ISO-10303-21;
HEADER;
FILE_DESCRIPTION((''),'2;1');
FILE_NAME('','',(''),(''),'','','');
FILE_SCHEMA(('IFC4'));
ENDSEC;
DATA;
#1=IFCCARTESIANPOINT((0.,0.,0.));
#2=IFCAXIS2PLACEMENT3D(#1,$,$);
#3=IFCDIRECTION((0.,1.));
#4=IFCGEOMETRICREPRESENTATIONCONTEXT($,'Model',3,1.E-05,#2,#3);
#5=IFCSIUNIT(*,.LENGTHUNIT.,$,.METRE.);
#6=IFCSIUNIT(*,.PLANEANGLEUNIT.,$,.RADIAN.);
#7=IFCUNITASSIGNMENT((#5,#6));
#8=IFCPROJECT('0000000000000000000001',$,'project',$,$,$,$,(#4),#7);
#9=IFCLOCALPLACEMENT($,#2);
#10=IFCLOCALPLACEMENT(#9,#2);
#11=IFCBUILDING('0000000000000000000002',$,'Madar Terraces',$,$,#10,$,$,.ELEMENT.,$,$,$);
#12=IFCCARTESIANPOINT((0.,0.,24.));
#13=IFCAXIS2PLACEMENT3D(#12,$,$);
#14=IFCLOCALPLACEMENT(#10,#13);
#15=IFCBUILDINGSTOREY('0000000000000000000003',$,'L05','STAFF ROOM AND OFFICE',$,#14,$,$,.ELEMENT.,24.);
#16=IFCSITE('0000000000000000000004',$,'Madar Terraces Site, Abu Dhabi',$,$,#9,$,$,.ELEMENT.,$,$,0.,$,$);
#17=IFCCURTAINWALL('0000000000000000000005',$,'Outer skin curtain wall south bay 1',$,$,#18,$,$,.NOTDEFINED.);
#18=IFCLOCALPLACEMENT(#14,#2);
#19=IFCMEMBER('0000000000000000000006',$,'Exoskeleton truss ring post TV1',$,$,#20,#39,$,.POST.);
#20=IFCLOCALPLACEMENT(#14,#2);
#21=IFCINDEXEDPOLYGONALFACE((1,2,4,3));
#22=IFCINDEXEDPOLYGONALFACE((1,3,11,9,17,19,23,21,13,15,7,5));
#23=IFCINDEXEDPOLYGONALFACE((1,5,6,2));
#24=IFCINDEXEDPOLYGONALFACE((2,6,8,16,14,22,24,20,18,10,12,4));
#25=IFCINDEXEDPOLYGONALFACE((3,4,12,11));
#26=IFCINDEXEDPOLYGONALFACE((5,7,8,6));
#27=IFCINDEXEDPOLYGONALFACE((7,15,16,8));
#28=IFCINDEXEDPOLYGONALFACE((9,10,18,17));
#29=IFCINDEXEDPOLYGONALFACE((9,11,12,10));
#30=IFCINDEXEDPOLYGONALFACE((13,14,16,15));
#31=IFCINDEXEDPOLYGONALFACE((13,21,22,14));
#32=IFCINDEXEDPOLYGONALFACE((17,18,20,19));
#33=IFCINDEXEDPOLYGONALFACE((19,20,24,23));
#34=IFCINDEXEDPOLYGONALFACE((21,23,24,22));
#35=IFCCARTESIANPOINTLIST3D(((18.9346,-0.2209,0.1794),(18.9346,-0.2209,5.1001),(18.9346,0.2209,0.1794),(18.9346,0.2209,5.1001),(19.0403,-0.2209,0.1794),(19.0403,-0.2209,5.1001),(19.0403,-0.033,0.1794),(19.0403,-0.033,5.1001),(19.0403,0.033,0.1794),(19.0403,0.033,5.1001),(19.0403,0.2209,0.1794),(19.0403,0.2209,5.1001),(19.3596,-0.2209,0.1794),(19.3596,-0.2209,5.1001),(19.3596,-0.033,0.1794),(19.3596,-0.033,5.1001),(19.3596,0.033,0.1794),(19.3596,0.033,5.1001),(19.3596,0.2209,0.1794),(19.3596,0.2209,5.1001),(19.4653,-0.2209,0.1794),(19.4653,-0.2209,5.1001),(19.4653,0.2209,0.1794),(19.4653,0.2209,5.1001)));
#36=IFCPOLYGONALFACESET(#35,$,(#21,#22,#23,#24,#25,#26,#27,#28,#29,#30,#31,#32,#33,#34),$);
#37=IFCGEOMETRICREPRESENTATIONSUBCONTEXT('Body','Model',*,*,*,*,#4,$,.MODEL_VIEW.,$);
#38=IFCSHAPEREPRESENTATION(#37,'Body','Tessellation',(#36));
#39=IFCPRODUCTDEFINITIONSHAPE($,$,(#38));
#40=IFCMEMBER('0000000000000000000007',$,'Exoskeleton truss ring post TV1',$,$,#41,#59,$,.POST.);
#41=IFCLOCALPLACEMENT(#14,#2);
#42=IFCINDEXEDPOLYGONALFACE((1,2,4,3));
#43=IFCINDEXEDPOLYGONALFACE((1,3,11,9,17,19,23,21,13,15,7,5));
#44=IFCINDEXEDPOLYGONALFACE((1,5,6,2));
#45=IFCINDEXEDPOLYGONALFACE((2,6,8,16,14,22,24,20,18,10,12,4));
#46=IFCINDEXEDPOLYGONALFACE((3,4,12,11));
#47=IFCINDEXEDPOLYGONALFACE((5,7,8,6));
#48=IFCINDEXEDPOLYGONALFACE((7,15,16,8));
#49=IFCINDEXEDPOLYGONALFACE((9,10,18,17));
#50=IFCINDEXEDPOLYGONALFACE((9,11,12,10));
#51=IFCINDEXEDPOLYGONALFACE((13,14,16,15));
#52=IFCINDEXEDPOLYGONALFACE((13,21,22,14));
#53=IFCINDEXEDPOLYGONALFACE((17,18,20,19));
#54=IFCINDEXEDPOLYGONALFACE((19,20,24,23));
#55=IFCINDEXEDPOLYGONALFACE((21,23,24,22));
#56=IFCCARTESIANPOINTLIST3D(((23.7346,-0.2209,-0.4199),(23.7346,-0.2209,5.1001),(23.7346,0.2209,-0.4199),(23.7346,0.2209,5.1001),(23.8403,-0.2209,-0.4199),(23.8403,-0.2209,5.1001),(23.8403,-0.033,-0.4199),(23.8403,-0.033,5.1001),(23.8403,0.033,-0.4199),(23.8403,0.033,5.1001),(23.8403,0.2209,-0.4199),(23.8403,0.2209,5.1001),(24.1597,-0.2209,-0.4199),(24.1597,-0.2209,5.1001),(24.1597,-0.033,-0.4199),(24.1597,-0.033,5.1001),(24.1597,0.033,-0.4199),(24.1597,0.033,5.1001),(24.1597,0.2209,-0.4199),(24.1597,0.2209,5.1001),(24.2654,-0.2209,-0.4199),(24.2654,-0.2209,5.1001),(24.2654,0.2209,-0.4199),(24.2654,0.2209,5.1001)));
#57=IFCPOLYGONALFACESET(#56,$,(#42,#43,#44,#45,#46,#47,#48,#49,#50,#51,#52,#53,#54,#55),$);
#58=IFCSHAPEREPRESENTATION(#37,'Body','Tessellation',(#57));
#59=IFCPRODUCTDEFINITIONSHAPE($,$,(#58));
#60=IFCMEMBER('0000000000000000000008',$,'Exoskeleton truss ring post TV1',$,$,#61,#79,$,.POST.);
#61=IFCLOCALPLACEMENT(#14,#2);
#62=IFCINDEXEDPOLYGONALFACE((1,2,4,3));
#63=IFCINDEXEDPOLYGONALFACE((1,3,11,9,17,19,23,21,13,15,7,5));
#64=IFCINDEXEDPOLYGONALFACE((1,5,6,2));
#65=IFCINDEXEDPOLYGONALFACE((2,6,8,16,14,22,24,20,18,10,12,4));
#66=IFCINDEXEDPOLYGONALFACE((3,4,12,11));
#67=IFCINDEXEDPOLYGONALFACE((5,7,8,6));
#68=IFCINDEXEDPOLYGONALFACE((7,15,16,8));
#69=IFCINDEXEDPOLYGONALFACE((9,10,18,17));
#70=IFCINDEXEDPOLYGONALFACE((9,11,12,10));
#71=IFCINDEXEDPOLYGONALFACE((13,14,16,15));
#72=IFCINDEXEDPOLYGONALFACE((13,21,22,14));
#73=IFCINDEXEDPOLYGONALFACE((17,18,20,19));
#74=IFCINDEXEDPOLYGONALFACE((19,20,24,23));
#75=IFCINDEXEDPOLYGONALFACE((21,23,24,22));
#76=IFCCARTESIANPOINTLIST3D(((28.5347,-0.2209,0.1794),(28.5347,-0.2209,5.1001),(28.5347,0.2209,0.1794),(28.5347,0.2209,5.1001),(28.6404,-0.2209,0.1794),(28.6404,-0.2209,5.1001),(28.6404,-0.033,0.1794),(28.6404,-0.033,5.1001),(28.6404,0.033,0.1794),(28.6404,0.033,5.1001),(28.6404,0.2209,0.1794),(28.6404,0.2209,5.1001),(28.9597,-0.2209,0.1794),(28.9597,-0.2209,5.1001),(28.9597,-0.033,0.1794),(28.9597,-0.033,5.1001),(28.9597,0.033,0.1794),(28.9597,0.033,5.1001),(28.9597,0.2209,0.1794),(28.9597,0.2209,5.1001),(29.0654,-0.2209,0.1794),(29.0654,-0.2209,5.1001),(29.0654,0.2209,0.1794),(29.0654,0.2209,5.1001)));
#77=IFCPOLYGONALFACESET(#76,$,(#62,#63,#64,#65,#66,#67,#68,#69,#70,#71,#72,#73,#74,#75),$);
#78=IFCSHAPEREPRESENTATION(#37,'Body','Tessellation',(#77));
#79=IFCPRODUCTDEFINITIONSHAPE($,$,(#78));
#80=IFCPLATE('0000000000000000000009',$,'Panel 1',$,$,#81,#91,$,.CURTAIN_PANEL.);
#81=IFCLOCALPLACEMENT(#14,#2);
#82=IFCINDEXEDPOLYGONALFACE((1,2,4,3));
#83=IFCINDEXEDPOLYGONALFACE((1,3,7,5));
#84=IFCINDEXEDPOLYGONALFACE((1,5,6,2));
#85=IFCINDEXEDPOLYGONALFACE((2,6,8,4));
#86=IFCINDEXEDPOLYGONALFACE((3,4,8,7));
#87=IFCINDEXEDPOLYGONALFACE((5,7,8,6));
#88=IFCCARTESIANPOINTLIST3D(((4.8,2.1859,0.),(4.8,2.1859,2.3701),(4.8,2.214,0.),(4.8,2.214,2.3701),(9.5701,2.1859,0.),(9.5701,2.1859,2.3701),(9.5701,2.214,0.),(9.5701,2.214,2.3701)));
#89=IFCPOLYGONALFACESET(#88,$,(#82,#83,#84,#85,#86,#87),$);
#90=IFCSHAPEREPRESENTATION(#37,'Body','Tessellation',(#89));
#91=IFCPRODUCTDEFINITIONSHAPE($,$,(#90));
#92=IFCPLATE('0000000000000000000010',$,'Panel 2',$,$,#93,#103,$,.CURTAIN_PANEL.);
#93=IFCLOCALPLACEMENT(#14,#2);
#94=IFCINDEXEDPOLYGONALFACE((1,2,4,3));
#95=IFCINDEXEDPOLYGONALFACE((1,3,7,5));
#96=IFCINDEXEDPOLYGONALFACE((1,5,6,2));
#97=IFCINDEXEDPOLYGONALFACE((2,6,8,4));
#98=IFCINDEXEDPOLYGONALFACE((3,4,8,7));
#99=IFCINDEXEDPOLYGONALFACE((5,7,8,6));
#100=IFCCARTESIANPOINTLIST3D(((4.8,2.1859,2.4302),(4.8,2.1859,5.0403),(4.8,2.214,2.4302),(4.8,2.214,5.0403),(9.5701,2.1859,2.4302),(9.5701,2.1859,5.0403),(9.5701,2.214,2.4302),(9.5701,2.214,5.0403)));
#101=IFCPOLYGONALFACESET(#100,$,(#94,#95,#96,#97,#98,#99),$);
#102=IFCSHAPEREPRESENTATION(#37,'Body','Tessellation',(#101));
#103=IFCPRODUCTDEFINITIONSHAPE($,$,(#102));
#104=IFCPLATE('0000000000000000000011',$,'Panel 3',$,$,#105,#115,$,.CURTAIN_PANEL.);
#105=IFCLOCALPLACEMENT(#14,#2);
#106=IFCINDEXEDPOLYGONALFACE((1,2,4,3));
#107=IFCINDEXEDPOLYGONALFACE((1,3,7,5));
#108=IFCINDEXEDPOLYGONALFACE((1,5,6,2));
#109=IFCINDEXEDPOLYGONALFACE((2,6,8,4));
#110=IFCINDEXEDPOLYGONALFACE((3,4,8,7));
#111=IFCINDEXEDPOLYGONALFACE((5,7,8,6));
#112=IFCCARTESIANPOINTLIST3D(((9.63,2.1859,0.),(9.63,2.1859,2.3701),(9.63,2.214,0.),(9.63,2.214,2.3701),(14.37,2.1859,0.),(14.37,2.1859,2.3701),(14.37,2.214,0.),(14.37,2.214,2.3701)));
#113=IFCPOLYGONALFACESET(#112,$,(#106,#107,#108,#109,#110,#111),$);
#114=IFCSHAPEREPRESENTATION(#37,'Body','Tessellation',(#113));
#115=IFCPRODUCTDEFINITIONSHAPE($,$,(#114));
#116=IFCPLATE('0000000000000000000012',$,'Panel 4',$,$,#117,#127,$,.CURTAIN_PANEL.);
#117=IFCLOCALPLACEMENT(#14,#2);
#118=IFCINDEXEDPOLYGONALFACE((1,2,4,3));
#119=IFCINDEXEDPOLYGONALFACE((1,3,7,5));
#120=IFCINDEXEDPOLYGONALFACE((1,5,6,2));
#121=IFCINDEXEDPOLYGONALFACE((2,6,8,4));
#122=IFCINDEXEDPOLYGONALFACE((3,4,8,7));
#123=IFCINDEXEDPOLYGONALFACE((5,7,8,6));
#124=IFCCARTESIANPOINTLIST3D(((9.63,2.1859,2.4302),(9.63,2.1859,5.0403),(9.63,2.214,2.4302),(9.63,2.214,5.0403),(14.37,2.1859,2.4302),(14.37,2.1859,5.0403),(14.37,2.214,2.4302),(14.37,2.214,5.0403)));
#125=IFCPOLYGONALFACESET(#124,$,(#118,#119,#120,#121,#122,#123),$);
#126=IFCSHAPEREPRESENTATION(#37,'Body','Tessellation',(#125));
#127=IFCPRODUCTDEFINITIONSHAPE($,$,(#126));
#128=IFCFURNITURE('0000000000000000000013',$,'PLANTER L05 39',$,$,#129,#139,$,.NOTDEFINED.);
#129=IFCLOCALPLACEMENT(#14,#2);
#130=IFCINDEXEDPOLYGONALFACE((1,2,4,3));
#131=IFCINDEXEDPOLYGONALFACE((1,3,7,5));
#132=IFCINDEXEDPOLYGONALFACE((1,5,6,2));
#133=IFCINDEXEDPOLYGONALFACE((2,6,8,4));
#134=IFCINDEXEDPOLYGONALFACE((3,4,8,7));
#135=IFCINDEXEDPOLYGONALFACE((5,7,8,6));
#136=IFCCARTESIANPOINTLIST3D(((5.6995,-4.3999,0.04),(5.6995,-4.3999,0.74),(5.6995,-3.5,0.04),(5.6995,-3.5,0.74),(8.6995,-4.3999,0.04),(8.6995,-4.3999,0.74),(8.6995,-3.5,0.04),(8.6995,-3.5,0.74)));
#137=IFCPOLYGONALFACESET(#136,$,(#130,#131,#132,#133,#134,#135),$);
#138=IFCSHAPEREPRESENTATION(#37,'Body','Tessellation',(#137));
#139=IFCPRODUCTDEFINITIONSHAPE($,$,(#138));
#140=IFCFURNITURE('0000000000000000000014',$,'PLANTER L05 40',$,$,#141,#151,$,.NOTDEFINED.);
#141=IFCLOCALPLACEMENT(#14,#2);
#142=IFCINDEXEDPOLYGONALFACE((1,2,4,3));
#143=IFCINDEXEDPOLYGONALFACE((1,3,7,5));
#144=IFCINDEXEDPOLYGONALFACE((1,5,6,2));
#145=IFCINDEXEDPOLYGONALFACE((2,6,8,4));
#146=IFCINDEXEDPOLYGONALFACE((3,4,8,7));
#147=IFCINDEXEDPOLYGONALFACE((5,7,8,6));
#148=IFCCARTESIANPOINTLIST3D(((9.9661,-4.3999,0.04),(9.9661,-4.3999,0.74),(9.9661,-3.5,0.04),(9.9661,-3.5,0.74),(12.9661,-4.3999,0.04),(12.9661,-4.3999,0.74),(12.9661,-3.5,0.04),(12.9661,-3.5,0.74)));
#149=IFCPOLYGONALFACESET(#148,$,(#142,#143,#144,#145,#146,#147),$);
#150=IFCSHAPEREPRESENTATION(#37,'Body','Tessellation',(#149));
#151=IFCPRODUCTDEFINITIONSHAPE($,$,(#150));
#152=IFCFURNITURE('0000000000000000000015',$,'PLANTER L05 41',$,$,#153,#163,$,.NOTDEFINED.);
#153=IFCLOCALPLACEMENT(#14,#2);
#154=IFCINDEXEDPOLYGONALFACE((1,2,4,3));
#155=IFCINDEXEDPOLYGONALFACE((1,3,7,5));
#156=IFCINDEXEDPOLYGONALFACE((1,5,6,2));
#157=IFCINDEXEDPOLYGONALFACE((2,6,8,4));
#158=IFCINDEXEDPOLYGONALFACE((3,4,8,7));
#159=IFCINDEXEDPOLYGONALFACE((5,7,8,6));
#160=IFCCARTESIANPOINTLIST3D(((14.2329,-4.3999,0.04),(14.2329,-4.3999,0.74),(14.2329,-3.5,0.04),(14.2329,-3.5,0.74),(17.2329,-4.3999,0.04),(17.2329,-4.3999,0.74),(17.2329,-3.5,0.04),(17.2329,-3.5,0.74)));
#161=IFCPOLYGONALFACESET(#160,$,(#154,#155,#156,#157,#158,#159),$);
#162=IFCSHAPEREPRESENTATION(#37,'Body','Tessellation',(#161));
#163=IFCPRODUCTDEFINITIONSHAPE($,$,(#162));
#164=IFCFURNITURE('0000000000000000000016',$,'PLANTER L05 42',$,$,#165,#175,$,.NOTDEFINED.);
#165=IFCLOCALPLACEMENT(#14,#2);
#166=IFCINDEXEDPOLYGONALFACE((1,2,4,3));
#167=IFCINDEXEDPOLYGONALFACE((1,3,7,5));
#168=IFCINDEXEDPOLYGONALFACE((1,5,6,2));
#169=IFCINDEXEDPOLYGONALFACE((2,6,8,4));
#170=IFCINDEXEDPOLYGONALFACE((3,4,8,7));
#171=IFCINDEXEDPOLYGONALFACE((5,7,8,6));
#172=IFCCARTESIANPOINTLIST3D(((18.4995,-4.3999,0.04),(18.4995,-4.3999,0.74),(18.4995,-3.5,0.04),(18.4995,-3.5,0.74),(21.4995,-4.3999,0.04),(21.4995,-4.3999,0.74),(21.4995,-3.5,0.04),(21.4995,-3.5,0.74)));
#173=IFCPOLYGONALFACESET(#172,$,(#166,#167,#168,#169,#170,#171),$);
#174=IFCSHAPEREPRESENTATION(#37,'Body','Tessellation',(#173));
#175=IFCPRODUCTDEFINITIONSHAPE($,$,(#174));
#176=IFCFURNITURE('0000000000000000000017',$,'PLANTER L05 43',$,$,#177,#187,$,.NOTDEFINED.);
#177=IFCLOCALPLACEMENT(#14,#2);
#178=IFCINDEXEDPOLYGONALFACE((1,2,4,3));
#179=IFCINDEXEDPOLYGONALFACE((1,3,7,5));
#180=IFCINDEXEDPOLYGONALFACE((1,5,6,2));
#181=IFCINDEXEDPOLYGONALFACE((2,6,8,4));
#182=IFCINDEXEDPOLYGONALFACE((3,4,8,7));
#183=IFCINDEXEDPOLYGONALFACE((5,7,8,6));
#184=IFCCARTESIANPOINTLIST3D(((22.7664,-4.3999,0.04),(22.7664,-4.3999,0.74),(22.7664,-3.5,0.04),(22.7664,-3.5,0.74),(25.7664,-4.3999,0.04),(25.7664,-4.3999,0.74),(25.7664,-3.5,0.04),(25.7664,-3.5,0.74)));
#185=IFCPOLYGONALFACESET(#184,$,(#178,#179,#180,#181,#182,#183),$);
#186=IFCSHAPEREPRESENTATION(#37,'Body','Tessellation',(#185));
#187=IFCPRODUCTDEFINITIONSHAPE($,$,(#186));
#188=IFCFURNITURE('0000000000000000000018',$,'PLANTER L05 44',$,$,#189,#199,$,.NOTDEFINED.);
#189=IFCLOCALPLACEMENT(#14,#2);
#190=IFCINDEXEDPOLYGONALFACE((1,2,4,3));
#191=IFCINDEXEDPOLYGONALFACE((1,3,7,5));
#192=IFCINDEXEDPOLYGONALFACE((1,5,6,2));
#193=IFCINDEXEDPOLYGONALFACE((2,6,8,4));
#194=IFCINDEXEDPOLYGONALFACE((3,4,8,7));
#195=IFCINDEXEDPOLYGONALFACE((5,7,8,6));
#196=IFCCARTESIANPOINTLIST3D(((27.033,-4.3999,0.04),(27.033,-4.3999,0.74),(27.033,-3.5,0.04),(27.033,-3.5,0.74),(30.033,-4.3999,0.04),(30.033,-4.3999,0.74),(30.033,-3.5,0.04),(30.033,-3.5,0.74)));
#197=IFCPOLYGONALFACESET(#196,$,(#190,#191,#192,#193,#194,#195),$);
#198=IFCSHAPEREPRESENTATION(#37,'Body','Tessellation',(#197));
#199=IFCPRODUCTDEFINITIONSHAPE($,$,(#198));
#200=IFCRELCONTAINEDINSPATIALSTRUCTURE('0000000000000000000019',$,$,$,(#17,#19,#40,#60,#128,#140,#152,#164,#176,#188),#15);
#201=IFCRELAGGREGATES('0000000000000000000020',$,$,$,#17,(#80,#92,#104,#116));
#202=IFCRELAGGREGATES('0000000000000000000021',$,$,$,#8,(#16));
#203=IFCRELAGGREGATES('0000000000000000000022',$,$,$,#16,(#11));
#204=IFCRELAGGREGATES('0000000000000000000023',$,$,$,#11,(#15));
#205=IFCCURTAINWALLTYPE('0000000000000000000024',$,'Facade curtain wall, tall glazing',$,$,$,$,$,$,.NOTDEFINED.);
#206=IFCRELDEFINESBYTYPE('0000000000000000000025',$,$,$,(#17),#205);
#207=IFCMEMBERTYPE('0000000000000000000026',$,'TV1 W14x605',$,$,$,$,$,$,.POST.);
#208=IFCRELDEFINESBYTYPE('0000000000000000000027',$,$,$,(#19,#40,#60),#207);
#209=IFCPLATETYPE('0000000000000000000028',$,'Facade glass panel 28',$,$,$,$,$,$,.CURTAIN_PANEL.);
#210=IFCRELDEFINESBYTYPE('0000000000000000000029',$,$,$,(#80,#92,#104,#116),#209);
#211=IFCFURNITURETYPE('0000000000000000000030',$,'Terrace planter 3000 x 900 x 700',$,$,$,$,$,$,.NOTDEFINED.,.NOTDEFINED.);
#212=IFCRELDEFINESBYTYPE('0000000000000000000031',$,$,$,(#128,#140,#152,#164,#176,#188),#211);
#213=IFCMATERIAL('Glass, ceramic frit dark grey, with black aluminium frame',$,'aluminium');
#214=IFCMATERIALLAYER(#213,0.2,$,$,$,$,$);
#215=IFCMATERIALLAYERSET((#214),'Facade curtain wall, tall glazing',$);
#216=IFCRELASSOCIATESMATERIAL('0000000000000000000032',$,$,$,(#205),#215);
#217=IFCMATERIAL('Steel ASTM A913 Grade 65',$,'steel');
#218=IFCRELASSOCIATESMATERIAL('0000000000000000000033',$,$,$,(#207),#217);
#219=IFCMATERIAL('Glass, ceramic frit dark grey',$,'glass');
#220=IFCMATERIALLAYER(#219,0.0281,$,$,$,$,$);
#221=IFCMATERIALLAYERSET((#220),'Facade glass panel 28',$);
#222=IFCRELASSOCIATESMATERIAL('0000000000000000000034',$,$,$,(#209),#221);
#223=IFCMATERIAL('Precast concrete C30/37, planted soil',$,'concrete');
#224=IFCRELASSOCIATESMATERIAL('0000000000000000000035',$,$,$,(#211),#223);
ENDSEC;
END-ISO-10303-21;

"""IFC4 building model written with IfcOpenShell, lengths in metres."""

from ifc_helpers import new_model, si_unit, direction, frame, origin, origin_2d, place, context, subcontext, project, spatial, rectangle, i_section, extrude, material, layer, layer_set, material_profile, profile_set, type_object, element, aggregate, save


model = new_model("IFC4")

# Units and contexts
model_context = context("Model", 3, precision=1e-05, world=origin(), true_north=direction((0.0, 1.0)))
body_context = subcontext(model_context, "Body", "Model", "MODEL_VIEW")
ifc_project = project(units=[si_unit("LENGTHUNIT", "METRE"), si_unit("PLANEANGLEUNIT", "RADIAN")], contexts=[model_context])

# Site, building, storey
site_placement = place(None, origin())
site = spatial("IfcSite", under=ifc_project, at=site_placement, Name="Madar Terraces Site, Abu Dhabi", CompositionType="ELEMENT", RefElevation=0.0)
building_placement = place(site_placement, origin())
building = spatial("IfcBuilding", under=site, at=building_placement, Name="Madar Terraces", CompositionType="ELEMENT")
storey_placement = place(building_placement, frame((0.0, 0.0, 24.0)))
storey = spatial("IfcBuildingStorey", under=building, at=storey_placement, Name="L05", Description="STAFF ROOM AND OFFICE", CompositionType="ELEMENT", Elevation=24.0)

# Curtain wall
ifc_material_1 = material(Name="Glass, ceramic frit dark grey, with black aluminium frame", Category="aluminium")
ifc_layer_1 = layer(ifc_material_1, 0.2)
ifc_layer_set_1 = layer_set([ifc_layer_1], Name="Facade curtain wall, tall glazing")
curtain_wall_type = type_object("IfcCurtainWallType", Name="Facade curtain wall, tall glazing", PredefinedType="NOTDEFINED", material=ifc_layer_set_1)
curtain_wall_placement = place(storey_placement, origin())
curtain_wall = element("IfcCurtainWall", 1, at=curtain_wall_placement, inside=storey, type_object=curtain_wall_type, Name="Outer skin curtain wall south bay 1", PredefinedType="NOTDEFINED")

# Members
ifc_material_2 = material(Name="Steel ASTM A913 Grade 65", Category="steel")
ifc_material_profile_1 = material_profile(ifc_material_2, i_section(OverallWidth=0.4419, OverallDepth=0.5308, WebThickness=0.0659, FlangeThickness=0.1057, at=origin_2d()), Name="W14x605")
ifc_profile_set_1 = profile_set([ifc_material_profile_1], Name="Steel ASTM A913 Grade 65")
member_type_1 = type_object("IfcMemberType", Name="TV1 W14x605", PredefinedType="POST", material=ifc_profile_set_1)
member_1_placement = place(storey_placement, frame((19.2, 0.0, 0.1794), z_axis=(0.0, 0.0, 1.0), x_axis=(0.0, 1.0, 0.0)))
element("IfcMember", 2, at=member_1_placement, inside=storey, type_object=member_type_1, Name="Exoskeleton truss ring post TV1", PredefinedType="POST", context=body_context, shape_type="SweptSolid", body=[
    extrude(i_section(OverallWidth=0.4419, OverallDepth=0.5308, WebThickness=0.0659, FlangeThickness=0.1057, at=origin_2d()), origin(), (0.0, 0.0, 1.0), 4.9207),
])
member_2_placement = place(storey_placement, frame((24.0, 0.0, -0.4199), z_axis=(0.0, 0.0, 1.0), x_axis=(0.0, 1.0, 0.0)))
element("IfcMember", 3, at=member_2_placement, inside=storey, type_object=member_type_1, Name="Exoskeleton truss ring post TV1", PredefinedType="POST", context=body_context, shape_type="SweptSolid", body=[
    extrude(i_section(OverallWidth=0.4419, OverallDepth=0.5308, WebThickness=0.0659, FlangeThickness=0.1057, at=origin_2d()), origin(), (0.0, 0.0, 1.0), 5.52),
])
member_3_placement = place(storey_placement, frame((28.8, 0.0, 0.1794), z_axis=(0.0, 0.0, 1.0), x_axis=(0.0, 1.0, 0.0)))
element("IfcMember", 4, at=member_3_placement, inside=storey, type_object=member_type_1, Name="Exoskeleton truss ring post TV1", PredefinedType="POST", context=body_context, shape_type="SweptSolid", body=[
    extrude(i_section(OverallWidth=0.4419, OverallDepth=0.5308, WebThickness=0.0659, FlangeThickness=0.1057, at=origin_2d()), origin(), (0.0, 0.0, 1.0), 4.9207),
])

# Plates
ifc_material_3 = material(Name="Glass, ceramic frit dark grey", Category="glass")
ifc_layer_2 = layer(ifc_material_3, 0.0281)
ifc_layer_set_2 = layer_set([ifc_layer_2], Name="Facade glass panel 28")
plate_type = type_object("IfcPlateType", Name="Facade glass panel 28", PredefinedType="CURTAIN_PANEL", material=ifc_layer_set_2)
plate_1_placement = place(storey_placement, frame((7.1851, 2.2, 0.0), z_axis=(0.0, 0.0, 1.0), x_axis=(1.0, 0.0, 0.0)))
plate_1 = element("IfcPlate", 5, at=plate_1_placement, type_object=plate_type, Name="Panel 1", PredefinedType="CURTAIN_PANEL", context=body_context, shape_type="SweptSolid", body=[
    extrude(rectangle(XDim=4.77, YDim=0.0281, at=origin_2d()), origin(), (0.0, 0.0, 1.0), 2.3701),
])
plate_2_placement = place(storey_placement, frame((7.1851, 2.2, 2.4302), z_axis=(0.0, 0.0, 1.0), x_axis=(1.0, 0.0, 0.0)))
plate_2 = element("IfcPlate", 6, at=plate_2_placement, type_object=plate_type, Name="Panel 2", PredefinedType="CURTAIN_PANEL", context=body_context, shape_type="SweptSolid", body=[
    extrude(rectangle(XDim=4.77, YDim=0.0281, at=origin_2d()), origin(), (0.0, 0.0, 1.0), 2.6101),
])
plate_3_placement = place(storey_placement, frame((12.0, 2.2, 0.0), z_axis=(0.0, 0.0, 1.0), x_axis=(1.0, 0.0, 0.0)))
plate_3 = element("IfcPlate", 7, at=plate_3_placement, type_object=plate_type, Name="Panel 3", PredefinedType="CURTAIN_PANEL", context=body_context, shape_type="SweptSolid", body=[
    extrude(rectangle(XDim=4.74, YDim=0.0281, at=origin_2d()), origin(), (0.0, 0.0, 1.0), 2.3701),
])
plate_4_placement = place(storey_placement, frame((12.0, 2.2, 2.4302), z_axis=(0.0, 0.0, 1.0), x_axis=(1.0, 0.0, 0.0)))
plate_4 = element("IfcPlate", 8, at=plate_4_placement, type_object=plate_type, Name="Panel 4", PredefinedType="CURTAIN_PANEL", context=body_context, shape_type="SweptSolid", body=[
    extrude(rectangle(XDim=4.74, YDim=0.0281, at=origin_2d()), origin(), (0.0, 0.0, 1.0), 2.6101),
])
aggregate(curtain_wall, [plate_1, plate_2, plate_3, plate_4])

# Furniture
ifc_material_4 = material(Name="Precast concrete C30/37, planted soil", Category="concrete")
furniture_type = type_object("IfcFurnitureType", Name="Terrace planter 3000 x 900 x 700", AssemblyPlace="NOTDEFINED", PredefinedType="NOTDEFINED", material=ifc_material_4)
for number, where, z_axis, x_axis, name in (
    (9, (7.1995, -3.95, 0.04), (0.0, 0.0, 1.0), (1.0, 0.0, 0.0), "PLANTER L05 39"),
    (10, (11.4661, -3.95, 0.04), (0.0, 0.0, 1.0), (1.0, 0.0, 0.0), "PLANTER L05 40"),
    (11, (15.7329, -3.95, 0.04), (0.0, 0.0, 1.0), (1.0, 0.0, 0.0), "PLANTER L05 41"),
    (12, (19.9995, -3.95, 0.04), (0.0, 0.0, 1.0), (1.0, 0.0, 0.0), "PLANTER L05 42"),
    (13, (24.2664, -3.95, 0.04), (0.0, 0.0, 1.0), (1.0, 0.0, 0.0), "PLANTER L05 43"),
    (14, (28.533, -3.95, 0.04), (0.0, 0.0, 1.0), (1.0, 0.0, 0.0), "PLANTER L05 44"),
):
    element("IfcFurniture", number, at=place(storey_placement, frame(where, z_axis=z_axis, x_axis=x_axis)), inside=storey, type_object=furniture_type, Name=name, PredefinedType="NOTDEFINED", context=body_context, shape_type="SweptSolid", body=[
        extrude(rectangle(XDim=3.0, YDim=0.8999, at=origin_2d()), origin(), (0.0, 0.0, 1.0), 0.7),
    ])

save(model, "model.ifc")
